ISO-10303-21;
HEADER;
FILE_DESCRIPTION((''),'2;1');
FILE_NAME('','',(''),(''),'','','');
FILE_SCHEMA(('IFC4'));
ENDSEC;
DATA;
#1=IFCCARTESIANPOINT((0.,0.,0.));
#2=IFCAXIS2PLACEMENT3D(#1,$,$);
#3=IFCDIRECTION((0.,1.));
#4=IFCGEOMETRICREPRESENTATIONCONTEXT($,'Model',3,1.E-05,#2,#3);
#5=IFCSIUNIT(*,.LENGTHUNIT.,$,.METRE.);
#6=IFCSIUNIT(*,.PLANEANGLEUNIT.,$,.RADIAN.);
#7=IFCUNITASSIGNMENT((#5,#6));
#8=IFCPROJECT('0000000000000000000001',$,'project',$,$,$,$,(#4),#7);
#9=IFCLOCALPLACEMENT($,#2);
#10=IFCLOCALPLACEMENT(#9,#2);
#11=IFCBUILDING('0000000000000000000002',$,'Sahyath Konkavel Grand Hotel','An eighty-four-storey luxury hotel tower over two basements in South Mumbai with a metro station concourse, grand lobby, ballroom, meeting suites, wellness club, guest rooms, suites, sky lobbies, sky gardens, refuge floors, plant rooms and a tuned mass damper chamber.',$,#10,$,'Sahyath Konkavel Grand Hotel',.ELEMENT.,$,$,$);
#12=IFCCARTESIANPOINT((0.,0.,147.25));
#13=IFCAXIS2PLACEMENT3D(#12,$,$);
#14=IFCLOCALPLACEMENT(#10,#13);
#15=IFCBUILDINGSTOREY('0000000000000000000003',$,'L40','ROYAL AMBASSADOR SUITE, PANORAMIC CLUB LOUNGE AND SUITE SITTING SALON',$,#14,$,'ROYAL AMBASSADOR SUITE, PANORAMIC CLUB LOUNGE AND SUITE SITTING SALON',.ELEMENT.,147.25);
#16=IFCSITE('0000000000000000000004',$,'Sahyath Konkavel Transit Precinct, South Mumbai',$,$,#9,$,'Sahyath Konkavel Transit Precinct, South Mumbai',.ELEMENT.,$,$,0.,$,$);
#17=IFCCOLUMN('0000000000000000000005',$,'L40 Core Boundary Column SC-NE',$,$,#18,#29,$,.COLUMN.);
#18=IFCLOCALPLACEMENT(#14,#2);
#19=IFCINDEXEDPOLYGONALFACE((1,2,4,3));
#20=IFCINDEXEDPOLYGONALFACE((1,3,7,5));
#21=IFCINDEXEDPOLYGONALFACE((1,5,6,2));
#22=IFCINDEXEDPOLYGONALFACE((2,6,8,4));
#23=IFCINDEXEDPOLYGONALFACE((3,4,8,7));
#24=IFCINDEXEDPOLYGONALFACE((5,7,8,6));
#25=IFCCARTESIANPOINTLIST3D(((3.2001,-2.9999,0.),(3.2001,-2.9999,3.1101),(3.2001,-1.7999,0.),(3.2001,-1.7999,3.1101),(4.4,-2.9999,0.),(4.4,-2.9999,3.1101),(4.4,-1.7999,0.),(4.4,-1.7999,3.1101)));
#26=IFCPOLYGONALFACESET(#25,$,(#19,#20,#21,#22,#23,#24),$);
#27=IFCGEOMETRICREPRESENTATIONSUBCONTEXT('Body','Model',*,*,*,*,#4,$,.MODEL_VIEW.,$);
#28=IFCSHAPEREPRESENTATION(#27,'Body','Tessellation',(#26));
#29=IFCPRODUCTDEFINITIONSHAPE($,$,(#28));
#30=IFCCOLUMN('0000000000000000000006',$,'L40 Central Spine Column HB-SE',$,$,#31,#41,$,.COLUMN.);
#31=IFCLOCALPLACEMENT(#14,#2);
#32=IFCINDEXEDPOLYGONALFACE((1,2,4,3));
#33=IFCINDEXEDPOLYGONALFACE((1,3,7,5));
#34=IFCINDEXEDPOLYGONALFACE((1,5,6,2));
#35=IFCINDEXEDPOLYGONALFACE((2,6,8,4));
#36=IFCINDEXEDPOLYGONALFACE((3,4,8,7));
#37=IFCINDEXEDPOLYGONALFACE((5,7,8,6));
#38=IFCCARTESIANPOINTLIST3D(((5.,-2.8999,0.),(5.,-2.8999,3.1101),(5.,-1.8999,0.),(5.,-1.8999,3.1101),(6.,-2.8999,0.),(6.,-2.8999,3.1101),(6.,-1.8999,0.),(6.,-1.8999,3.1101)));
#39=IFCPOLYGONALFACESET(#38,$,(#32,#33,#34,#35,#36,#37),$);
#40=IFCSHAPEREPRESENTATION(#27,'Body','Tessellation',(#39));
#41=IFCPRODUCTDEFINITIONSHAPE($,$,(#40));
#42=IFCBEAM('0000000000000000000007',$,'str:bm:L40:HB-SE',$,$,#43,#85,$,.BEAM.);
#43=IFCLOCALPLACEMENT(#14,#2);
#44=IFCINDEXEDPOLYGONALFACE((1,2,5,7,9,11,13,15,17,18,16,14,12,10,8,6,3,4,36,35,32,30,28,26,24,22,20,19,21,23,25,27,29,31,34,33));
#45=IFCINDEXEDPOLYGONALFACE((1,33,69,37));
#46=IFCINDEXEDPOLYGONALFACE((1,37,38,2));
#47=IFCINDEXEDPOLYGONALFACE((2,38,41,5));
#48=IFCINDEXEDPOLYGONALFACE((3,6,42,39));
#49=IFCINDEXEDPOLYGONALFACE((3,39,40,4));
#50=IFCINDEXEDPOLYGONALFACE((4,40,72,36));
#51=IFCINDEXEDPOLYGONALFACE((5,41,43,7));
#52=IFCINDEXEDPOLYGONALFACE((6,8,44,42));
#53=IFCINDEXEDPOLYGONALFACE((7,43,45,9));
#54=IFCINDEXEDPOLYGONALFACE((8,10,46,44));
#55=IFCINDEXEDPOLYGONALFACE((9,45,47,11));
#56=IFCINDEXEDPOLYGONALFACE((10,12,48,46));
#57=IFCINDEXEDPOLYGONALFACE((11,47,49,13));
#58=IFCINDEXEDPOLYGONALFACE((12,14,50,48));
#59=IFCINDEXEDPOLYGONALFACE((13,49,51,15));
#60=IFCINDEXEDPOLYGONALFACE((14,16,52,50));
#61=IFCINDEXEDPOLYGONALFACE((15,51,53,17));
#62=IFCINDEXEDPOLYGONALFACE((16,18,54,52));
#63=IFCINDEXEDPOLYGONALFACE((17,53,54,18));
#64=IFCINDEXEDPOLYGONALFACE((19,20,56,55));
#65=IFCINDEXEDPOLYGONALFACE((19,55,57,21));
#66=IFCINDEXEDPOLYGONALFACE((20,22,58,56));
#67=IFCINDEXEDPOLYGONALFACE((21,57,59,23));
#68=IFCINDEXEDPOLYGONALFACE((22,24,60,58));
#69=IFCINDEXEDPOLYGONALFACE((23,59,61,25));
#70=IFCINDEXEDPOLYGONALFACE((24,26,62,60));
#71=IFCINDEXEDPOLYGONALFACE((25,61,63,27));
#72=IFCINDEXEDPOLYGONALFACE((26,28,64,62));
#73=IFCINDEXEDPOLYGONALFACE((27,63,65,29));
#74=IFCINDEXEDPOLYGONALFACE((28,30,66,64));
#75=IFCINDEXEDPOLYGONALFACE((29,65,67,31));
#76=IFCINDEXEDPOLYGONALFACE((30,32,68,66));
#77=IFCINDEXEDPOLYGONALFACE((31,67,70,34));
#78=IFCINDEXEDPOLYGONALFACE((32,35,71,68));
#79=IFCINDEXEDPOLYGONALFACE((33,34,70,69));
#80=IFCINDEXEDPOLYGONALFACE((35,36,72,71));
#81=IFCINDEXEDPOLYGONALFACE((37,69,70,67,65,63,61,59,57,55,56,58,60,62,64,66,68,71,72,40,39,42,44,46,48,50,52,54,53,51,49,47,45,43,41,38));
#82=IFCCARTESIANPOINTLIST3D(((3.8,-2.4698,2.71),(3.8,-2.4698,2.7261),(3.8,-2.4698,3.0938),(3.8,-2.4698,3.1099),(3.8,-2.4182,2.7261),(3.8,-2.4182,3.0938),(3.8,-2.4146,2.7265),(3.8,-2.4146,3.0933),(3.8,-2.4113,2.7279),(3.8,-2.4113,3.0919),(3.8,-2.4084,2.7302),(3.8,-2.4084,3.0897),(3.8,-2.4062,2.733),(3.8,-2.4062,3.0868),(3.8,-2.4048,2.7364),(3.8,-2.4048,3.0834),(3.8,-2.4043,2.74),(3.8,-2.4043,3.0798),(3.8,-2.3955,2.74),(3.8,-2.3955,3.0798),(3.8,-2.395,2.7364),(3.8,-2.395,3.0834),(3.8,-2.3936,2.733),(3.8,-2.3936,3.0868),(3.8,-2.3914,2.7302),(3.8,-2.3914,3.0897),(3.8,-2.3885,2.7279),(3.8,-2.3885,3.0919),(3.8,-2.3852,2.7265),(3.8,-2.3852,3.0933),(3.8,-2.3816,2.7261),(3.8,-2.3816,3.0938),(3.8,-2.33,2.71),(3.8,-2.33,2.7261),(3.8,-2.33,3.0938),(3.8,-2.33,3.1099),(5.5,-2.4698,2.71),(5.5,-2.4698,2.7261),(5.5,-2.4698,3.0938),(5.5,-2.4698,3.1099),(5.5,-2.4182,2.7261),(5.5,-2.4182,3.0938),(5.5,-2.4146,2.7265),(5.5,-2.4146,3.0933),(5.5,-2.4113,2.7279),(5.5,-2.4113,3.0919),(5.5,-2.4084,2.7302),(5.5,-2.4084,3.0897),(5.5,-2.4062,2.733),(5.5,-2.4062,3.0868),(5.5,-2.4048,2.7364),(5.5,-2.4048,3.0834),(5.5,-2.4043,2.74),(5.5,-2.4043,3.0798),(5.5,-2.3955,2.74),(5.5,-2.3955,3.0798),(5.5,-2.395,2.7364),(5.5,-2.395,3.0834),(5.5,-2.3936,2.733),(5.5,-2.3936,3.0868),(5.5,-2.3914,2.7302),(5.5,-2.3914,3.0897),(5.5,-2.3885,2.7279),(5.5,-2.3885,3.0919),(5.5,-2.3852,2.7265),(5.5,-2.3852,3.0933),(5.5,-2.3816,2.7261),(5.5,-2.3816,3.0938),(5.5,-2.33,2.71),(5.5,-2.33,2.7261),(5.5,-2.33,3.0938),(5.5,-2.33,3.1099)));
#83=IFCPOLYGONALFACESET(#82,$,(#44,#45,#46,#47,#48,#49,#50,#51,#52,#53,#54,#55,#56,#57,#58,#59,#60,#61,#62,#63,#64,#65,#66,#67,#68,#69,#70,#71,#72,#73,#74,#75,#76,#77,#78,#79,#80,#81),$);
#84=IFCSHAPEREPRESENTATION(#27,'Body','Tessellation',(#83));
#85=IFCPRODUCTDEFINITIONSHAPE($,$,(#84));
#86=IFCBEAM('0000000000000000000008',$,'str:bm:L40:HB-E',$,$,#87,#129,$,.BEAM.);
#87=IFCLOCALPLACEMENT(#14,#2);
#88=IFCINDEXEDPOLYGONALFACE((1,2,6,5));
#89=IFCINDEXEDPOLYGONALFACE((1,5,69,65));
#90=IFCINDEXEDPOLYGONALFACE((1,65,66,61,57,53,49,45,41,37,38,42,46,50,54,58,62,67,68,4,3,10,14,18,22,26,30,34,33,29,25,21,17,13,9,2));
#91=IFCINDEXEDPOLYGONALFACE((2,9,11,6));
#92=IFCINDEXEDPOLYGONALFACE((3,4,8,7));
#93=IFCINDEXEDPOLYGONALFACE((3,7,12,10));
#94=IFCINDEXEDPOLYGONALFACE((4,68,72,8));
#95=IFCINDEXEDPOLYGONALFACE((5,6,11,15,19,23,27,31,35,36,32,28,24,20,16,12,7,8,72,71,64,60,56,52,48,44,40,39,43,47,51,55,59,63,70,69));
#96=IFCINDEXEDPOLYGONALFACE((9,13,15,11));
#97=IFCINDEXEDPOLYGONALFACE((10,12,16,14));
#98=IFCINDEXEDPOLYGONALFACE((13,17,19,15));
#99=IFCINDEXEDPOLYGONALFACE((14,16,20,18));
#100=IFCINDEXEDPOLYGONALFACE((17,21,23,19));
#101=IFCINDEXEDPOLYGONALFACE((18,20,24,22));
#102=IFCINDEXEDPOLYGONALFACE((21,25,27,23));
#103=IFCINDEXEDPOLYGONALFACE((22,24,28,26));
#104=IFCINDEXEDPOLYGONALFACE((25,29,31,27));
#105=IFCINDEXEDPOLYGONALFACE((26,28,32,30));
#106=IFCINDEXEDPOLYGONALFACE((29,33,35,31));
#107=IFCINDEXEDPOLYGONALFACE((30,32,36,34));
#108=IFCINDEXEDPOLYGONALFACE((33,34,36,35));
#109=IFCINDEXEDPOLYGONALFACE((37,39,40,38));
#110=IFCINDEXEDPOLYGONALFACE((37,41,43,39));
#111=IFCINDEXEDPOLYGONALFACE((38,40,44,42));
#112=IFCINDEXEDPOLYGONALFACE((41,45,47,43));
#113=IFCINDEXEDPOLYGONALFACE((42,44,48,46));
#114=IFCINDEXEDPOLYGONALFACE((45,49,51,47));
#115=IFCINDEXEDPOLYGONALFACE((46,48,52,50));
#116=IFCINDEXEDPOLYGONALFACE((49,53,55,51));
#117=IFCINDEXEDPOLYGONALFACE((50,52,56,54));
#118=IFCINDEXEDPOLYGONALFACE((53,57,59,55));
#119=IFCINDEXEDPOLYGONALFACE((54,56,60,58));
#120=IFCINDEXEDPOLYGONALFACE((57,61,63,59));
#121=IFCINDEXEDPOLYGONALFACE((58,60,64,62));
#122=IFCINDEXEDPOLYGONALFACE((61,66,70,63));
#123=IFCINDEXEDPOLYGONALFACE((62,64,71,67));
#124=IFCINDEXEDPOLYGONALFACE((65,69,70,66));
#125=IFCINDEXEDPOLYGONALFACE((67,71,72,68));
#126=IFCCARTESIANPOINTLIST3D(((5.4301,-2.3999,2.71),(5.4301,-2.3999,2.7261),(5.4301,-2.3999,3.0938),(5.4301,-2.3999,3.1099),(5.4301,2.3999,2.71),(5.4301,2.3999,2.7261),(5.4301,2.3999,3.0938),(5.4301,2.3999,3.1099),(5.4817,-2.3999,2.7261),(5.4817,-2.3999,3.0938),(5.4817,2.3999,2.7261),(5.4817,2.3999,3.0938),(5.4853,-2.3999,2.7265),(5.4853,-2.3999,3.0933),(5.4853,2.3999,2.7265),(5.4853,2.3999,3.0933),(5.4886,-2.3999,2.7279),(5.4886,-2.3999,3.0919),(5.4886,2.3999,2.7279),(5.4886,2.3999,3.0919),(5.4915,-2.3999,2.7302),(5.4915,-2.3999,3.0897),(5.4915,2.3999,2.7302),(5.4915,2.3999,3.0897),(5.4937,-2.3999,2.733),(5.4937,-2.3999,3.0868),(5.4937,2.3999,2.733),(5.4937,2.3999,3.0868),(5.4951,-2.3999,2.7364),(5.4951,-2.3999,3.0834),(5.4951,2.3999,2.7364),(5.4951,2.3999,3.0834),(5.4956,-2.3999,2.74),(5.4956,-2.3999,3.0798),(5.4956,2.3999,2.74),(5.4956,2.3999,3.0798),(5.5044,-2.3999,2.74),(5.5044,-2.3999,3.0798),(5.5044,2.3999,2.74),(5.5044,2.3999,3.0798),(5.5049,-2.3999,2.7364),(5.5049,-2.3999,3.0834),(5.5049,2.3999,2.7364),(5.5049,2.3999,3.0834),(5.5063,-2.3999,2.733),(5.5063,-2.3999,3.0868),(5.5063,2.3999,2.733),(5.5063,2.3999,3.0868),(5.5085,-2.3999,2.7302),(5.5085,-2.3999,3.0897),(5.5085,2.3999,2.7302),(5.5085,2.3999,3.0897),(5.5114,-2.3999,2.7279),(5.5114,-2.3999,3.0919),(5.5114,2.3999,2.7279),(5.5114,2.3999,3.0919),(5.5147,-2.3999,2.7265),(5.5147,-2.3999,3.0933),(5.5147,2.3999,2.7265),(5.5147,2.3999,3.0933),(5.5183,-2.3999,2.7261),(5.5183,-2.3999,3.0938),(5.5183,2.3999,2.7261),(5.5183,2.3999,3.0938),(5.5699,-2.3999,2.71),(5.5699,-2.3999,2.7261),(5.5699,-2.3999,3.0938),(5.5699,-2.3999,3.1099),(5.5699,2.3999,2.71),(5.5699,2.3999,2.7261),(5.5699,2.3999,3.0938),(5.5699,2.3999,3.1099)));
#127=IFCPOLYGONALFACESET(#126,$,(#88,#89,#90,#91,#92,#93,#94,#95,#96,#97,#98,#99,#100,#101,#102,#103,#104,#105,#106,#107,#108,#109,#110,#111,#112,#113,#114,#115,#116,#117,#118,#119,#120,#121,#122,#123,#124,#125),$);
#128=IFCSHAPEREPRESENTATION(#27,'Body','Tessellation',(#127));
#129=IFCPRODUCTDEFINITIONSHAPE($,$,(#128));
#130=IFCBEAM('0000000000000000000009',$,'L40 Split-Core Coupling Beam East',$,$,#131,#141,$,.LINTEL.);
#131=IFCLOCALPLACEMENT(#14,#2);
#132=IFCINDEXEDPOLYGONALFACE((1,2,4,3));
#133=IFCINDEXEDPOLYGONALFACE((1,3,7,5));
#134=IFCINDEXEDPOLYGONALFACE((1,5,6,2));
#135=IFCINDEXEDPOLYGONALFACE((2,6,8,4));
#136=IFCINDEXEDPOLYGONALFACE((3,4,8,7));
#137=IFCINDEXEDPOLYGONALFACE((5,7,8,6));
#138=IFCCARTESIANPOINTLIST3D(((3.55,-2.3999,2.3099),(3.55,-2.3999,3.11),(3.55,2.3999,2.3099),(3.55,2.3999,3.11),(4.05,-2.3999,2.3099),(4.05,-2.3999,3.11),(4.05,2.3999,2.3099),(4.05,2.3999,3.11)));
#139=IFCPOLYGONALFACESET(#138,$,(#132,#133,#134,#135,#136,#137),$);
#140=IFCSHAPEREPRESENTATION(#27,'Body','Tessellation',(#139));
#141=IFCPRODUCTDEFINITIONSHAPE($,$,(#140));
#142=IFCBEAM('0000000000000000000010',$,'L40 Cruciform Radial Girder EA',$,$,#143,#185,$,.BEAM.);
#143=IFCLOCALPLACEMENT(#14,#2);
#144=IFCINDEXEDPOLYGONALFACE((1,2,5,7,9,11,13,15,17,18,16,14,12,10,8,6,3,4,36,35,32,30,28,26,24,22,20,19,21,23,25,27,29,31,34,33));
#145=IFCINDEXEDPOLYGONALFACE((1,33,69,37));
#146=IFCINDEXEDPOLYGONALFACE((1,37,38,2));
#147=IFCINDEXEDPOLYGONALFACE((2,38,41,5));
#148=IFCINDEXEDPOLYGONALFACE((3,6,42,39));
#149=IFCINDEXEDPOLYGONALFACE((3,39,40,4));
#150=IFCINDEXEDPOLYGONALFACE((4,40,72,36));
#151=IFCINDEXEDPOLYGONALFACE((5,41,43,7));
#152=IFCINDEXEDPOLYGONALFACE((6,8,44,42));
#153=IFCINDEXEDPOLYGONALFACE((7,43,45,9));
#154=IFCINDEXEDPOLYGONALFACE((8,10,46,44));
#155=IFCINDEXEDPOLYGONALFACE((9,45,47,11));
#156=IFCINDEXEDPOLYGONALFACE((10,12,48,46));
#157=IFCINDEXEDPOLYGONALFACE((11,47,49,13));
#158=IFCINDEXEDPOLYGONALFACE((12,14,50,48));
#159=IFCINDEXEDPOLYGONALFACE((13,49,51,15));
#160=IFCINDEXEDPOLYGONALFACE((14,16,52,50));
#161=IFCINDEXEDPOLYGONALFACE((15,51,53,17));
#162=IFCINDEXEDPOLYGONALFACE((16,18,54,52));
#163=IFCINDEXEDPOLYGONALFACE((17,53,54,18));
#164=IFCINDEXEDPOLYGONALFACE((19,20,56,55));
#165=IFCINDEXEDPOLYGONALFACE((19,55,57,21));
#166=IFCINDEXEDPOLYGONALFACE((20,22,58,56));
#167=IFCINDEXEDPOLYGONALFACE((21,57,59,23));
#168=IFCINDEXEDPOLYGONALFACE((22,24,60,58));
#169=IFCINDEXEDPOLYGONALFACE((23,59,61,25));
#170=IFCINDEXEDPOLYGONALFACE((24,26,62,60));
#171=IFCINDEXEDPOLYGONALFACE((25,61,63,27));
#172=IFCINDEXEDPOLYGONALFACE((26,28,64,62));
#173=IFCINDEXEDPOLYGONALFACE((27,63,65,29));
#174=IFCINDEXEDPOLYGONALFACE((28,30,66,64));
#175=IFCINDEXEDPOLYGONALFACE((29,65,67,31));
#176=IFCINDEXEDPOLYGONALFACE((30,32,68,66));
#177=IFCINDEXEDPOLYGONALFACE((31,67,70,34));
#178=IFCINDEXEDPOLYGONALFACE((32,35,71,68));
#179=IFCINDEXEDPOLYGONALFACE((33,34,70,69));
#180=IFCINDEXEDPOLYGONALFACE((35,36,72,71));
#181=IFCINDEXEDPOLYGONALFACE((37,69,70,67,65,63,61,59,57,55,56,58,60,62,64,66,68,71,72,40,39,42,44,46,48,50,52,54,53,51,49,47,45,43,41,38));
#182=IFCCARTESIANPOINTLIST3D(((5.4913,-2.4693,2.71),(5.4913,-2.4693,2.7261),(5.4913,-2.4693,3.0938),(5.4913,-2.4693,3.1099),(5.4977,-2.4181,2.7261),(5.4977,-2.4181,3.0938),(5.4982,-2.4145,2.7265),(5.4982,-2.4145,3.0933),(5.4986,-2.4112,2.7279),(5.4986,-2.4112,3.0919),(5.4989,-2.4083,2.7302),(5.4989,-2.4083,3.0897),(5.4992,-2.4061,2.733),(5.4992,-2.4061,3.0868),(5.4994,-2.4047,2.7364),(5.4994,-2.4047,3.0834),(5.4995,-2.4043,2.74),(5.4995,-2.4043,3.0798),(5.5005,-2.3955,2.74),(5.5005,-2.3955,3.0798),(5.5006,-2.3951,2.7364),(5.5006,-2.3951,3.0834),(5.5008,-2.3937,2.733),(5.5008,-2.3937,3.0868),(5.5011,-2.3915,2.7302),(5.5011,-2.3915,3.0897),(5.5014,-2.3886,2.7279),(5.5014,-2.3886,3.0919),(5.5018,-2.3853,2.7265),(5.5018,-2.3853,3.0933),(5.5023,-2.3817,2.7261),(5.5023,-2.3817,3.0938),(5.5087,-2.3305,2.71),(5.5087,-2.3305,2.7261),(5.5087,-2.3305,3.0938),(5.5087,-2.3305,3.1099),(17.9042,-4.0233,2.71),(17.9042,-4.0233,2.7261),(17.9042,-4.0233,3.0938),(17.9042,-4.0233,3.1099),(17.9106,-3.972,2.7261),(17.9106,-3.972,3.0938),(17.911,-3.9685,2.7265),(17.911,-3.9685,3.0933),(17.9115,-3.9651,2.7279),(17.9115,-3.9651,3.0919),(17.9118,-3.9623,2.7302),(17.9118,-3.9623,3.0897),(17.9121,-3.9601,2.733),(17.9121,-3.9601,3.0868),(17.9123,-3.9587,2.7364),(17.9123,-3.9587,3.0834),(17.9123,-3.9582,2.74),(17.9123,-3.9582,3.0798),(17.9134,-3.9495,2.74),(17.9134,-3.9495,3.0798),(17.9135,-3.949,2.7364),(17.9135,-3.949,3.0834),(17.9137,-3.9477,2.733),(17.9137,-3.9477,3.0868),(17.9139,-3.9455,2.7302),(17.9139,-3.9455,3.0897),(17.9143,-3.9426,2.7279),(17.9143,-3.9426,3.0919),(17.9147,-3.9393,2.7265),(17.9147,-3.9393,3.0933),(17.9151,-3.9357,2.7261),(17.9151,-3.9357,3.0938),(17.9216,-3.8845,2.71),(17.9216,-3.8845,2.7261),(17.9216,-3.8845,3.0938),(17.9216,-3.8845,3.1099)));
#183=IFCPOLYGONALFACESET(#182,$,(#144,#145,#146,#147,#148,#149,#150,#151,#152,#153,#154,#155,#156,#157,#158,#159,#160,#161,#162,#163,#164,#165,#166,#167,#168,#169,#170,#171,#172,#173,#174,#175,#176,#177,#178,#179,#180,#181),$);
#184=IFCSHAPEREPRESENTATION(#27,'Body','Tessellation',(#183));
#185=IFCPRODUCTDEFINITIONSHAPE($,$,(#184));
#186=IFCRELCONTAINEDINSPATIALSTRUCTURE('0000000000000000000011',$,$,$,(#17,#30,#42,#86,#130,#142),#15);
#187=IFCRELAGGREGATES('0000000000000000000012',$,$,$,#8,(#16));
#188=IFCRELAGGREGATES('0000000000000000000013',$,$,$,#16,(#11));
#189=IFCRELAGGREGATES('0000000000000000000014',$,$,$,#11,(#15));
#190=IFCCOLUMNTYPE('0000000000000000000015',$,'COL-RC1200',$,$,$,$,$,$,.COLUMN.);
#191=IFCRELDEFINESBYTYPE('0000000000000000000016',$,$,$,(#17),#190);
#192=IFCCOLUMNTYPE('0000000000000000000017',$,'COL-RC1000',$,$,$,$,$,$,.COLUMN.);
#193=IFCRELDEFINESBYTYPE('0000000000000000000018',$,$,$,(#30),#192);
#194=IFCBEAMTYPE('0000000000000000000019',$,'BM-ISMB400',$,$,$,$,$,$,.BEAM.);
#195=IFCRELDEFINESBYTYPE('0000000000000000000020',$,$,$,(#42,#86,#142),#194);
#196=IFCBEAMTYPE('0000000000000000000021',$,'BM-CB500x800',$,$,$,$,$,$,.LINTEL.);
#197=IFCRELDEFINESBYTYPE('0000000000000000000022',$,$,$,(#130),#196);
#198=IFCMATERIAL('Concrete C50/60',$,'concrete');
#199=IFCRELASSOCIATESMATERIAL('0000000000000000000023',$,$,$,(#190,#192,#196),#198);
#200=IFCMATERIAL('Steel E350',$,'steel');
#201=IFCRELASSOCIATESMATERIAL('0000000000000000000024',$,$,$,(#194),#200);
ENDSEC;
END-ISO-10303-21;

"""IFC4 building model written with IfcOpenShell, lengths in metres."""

from ifc_helpers import new_model, si_unit, direction, frame, origin, origin_2d, place, context, subcontext, project, spatial, rectangle, i_section, extrude, source, transform, mapped, material, material_profile, profile_set, type_object, element, save


model = new_model("IFC4")

# Units and contexts
model_context = context("Model", 3, precision=1e-05, world=origin(), true_north=direction((0.0, 1.0)))
body_context = subcontext(model_context, "Body", "Model", "MODEL_VIEW")
ifc_project = project(units=[si_unit("LENGTHUNIT", "METRE"), si_unit("PLANEANGLEUNIT", "RADIAN")], contexts=[model_context])

# Site, building, storey
site_placement = place(None, origin())
site = spatial("IfcSite", under=ifc_project, at=site_placement, Name="Sahyath Konkavel Transit Precinct, South Mumbai", LongName="Sahyath Konkavel Transit Precinct, South Mumbai", CompositionType="ELEMENT", RefElevation=0.0)
building_placement = place(site_placement, origin())
building = spatial("IfcBuilding", under=site, at=building_placement, Name="Sahyath Konkavel Grand Hotel", Description="An eighty-four-storey luxury hotel tower over two basements in South Mumbai with a metro station concourse, grand lobby, ballroom, meeting suites, wellness club, guest rooms, suites, sky lobbies, sky gardens, refuge floors, plant rooms and a tuned mass damper chamber.", LongName="Sahyath Konkavel Grand Hotel", CompositionType="ELEMENT")
storey_placement = place(building_placement, frame((0.0, 0.0, 147.25)))
storey = spatial("IfcBuildingStorey", under=building, at=storey_placement, Name="L40", Description="ROYAL AMBASSADOR SUITE, PANORAMIC CLUB LOUNGE AND SUITE SITTING SALON", LongName="ROYAL AMBASSADOR SUITE, PANORAMIC CLUB LOUNGE AND SUITE SITTING SALON", CompositionType="ELEMENT", Elevation=147.25)

# Columns
ifc_material_1 = material(Name="Concrete C50/60", Category="concrete")
ifc_material_profile_1 = material_profile(ifc_material_1, rectangle(XDim=1.2, YDim=1.2, at=origin_2d()), Name="RC 1200x1200")
ifc_profile_set_1 = profile_set([ifc_material_profile_1], Name="Concrete C50/60")
column_type_1 = type_object("IfcColumnType", Name="COL-RC1200", PredefinedType="COLUMN", material=ifc_profile_set_1)
shared_shape_1 = source(origin(), body_context, "Body", "SweptSolid", [
    extrude(rectangle(XDim=1.2, YDim=1.2, at=origin_2d()), origin(), (0.0, 0.0, 1.0), 3.1101),
])
column_1_placement = place(storey_placement, frame((3.8, -2.3999, 0.0), z_axis=(0.0, 0.0, 1.0), x_axis=(1.0, 0.0, 0.0)))
element("IfcColumn", 1, at=column_1_placement, inside=storey, type_object=column_type_1, Name="L40 Core Boundary Column SC-NE", PredefinedType="COLUMN", context=body_context, shape_type="MappedRepresentation", body=[
    mapped(shared_shape_1, transform((0.0, 0.0, 0.0), scale=1.0)),
])
ifc_material_profile_2 = material_profile(ifc_material_1, rectangle(XDim=1.0, YDim=1.0, at=origin_2d()), Name="RC 1000x1000")
ifc_profile_set_2 = profile_set([ifc_material_profile_2], Name="Concrete C50/60")
column_type_2 = type_object("IfcColumnType", Name="COL-RC1000", PredefinedType="COLUMN", material=ifc_profile_set_2)
shared_shape_2 = source(origin(), body_context, "Body", "SweptSolid", [
    extrude(rectangle(XDim=1.0, YDim=1.0, at=origin_2d()), origin(), (0.0, 0.0, 1.0), 3.1101),
])
column_2_placement = place(storey_placement, frame((5.5, -2.3999, 0.0), z_axis=(0.0, 0.0, 1.0), x_axis=(1.0, 0.0, 0.0)))
element("IfcColumn", 2, at=column_2_placement, inside=storey, type_object=column_type_2, Name="L40 Central Spine Column HB-SE", PredefinedType="COLUMN", context=body_context, shape_type="MappedRepresentation", body=[
    mapped(shared_shape_2, transform((0.0, 0.0, 0.0), scale=1.0)),
])

# Beams
ifc_material_2 = material(Name="Steel E350", Category="steel")
ifc_material_profile_3 = material_profile(ifc_material_2, i_section(OverallWidth=0.1399, OverallDepth=0.3999, WebThickness=0.0088, FlangeThickness=0.0161, FilletRadius=0.0139, at=origin_2d()), Name="ISMB 400")
ifc_profile_set_3 = profile_set([ifc_material_profile_3], Name="Steel E350")
beam_type_1 = type_object("IfcBeamType", Name="BM-ISMB400", PredefinedType="BEAM", material=ifc_profile_set_3)
shared_shape_3 = source(origin(), body_context, "Body", "SweptSolid", [
    extrude(i_section(OverallWidth=0.1399, OverallDepth=0.3999, WebThickness=0.0088, FlangeThickness=0.0161, FilletRadius=0.0139, at=origin_2d()), origin(), (0.0, 0.0, 1.0), 1.7),
])
beam_1_placement = place(storey_placement, frame((3.8, -2.3999, 2.9099), z_axis=(1.0, 0.0, 0.0), x_axis=(0.0, 1.0, 0.0)))
element("IfcBeam", 3, at=beam_1_placement, inside=storey, type_object=beam_type_1, Name="str:bm:L40:HB-SE", PredefinedType="BEAM", context=body_context, shape_type="MappedRepresentation", body=[
    mapped(shared_shape_3, transform((0.0, 0.0, 0.0), scale=1.0)),
])
shared_shape_4 = source(origin(), body_context, "Body", "SweptSolid", [
    extrude(i_section(OverallWidth=0.1399, OverallDepth=0.3999, WebThickness=0.0088, FlangeThickness=0.0161, FilletRadius=0.0139, at=origin_2d()), origin(), (0.0, 0.0, 1.0), 4.7998),
])
beam_2_placement = place(storey_placement, frame((5.5, -2.3999, 2.9099), z_axis=(0.0, 1.0, 0.0), x_axis=(-1.0, 0.0, 0.0)))
element("IfcBeam", 4, at=beam_2_placement, inside=storey, type_object=beam_type_1, Name="str:bm:L40:HB-E", PredefinedType="BEAM", context=body_context, shape_type="MappedRepresentation", body=[
    mapped(shared_shape_4, transform((0.0, 0.0, 0.0), scale=1.0)),
])
ifc_material_profile_4 = material_profile(ifc_material_1, rectangle(XDim=0.5, YDim=0.8, at=origin_2d()), Name="RC 500x800")
ifc_profile_set_4 = profile_set([ifc_material_profile_4], Name="Concrete C50/60")
beam_type_2 = type_object("IfcBeamType", Name="BM-CB500x800", PredefinedType="LINTEL", material=ifc_profile_set_4)
shared_shape_5 = source(origin(), body_context, "Body", "SweptSolid", [
    extrude(rectangle(XDim=0.5, YDim=0.8, at=origin_2d()), origin(), (0.0, 0.0, 1.0), 4.7998),
])
beam_3_placement = place(storey_placement, frame((3.8, -2.3999, 2.71), z_axis=(0.0, 1.0, 0.0), x_axis=(-1.0, 0.0, 0.0)))
element("IfcBeam", 5, at=beam_3_placement, inside=storey, type_object=beam_type_2, Name="L40 Split-Core Coupling Beam East", PredefinedType="LINTEL", context=body_context, shape_type="MappedRepresentation", body=[
    mapped(shared_shape_5, transform((0.0, 0.0, 0.0), scale=1.0)),
])
shared_shape_6 = source(origin(), body_context, "Body", "SweptSolid", [
    extrude(i_section(OverallWidth=0.1399, OverallDepth=0.3999, WebThickness=0.0088, FlangeThickness=0.0161, FilletRadius=0.0139, at=origin_2d()), origin(), (0.0, 0.0, 1.0), 12.5098),
])
beam_4_placement = place(storey_placement, frame((5.5, -2.3999, 2.9099), z_axis=(0.992255, -0.12422, 0.0), x_axis=(0.12422, 0.992255, 0.0)))
element("IfcBeam", 6, at=beam_4_placement, inside=storey, type_object=beam_type_1, Name="L40 Cruciform Radial Girder EA", PredefinedType="BEAM", context=body_context, shape_type="MappedRepresentation", body=[
    mapped(shared_shape_6, transform((0.0, 0.0, 0.0), scale=1.0)),
])

save(model, "model.ifc")
